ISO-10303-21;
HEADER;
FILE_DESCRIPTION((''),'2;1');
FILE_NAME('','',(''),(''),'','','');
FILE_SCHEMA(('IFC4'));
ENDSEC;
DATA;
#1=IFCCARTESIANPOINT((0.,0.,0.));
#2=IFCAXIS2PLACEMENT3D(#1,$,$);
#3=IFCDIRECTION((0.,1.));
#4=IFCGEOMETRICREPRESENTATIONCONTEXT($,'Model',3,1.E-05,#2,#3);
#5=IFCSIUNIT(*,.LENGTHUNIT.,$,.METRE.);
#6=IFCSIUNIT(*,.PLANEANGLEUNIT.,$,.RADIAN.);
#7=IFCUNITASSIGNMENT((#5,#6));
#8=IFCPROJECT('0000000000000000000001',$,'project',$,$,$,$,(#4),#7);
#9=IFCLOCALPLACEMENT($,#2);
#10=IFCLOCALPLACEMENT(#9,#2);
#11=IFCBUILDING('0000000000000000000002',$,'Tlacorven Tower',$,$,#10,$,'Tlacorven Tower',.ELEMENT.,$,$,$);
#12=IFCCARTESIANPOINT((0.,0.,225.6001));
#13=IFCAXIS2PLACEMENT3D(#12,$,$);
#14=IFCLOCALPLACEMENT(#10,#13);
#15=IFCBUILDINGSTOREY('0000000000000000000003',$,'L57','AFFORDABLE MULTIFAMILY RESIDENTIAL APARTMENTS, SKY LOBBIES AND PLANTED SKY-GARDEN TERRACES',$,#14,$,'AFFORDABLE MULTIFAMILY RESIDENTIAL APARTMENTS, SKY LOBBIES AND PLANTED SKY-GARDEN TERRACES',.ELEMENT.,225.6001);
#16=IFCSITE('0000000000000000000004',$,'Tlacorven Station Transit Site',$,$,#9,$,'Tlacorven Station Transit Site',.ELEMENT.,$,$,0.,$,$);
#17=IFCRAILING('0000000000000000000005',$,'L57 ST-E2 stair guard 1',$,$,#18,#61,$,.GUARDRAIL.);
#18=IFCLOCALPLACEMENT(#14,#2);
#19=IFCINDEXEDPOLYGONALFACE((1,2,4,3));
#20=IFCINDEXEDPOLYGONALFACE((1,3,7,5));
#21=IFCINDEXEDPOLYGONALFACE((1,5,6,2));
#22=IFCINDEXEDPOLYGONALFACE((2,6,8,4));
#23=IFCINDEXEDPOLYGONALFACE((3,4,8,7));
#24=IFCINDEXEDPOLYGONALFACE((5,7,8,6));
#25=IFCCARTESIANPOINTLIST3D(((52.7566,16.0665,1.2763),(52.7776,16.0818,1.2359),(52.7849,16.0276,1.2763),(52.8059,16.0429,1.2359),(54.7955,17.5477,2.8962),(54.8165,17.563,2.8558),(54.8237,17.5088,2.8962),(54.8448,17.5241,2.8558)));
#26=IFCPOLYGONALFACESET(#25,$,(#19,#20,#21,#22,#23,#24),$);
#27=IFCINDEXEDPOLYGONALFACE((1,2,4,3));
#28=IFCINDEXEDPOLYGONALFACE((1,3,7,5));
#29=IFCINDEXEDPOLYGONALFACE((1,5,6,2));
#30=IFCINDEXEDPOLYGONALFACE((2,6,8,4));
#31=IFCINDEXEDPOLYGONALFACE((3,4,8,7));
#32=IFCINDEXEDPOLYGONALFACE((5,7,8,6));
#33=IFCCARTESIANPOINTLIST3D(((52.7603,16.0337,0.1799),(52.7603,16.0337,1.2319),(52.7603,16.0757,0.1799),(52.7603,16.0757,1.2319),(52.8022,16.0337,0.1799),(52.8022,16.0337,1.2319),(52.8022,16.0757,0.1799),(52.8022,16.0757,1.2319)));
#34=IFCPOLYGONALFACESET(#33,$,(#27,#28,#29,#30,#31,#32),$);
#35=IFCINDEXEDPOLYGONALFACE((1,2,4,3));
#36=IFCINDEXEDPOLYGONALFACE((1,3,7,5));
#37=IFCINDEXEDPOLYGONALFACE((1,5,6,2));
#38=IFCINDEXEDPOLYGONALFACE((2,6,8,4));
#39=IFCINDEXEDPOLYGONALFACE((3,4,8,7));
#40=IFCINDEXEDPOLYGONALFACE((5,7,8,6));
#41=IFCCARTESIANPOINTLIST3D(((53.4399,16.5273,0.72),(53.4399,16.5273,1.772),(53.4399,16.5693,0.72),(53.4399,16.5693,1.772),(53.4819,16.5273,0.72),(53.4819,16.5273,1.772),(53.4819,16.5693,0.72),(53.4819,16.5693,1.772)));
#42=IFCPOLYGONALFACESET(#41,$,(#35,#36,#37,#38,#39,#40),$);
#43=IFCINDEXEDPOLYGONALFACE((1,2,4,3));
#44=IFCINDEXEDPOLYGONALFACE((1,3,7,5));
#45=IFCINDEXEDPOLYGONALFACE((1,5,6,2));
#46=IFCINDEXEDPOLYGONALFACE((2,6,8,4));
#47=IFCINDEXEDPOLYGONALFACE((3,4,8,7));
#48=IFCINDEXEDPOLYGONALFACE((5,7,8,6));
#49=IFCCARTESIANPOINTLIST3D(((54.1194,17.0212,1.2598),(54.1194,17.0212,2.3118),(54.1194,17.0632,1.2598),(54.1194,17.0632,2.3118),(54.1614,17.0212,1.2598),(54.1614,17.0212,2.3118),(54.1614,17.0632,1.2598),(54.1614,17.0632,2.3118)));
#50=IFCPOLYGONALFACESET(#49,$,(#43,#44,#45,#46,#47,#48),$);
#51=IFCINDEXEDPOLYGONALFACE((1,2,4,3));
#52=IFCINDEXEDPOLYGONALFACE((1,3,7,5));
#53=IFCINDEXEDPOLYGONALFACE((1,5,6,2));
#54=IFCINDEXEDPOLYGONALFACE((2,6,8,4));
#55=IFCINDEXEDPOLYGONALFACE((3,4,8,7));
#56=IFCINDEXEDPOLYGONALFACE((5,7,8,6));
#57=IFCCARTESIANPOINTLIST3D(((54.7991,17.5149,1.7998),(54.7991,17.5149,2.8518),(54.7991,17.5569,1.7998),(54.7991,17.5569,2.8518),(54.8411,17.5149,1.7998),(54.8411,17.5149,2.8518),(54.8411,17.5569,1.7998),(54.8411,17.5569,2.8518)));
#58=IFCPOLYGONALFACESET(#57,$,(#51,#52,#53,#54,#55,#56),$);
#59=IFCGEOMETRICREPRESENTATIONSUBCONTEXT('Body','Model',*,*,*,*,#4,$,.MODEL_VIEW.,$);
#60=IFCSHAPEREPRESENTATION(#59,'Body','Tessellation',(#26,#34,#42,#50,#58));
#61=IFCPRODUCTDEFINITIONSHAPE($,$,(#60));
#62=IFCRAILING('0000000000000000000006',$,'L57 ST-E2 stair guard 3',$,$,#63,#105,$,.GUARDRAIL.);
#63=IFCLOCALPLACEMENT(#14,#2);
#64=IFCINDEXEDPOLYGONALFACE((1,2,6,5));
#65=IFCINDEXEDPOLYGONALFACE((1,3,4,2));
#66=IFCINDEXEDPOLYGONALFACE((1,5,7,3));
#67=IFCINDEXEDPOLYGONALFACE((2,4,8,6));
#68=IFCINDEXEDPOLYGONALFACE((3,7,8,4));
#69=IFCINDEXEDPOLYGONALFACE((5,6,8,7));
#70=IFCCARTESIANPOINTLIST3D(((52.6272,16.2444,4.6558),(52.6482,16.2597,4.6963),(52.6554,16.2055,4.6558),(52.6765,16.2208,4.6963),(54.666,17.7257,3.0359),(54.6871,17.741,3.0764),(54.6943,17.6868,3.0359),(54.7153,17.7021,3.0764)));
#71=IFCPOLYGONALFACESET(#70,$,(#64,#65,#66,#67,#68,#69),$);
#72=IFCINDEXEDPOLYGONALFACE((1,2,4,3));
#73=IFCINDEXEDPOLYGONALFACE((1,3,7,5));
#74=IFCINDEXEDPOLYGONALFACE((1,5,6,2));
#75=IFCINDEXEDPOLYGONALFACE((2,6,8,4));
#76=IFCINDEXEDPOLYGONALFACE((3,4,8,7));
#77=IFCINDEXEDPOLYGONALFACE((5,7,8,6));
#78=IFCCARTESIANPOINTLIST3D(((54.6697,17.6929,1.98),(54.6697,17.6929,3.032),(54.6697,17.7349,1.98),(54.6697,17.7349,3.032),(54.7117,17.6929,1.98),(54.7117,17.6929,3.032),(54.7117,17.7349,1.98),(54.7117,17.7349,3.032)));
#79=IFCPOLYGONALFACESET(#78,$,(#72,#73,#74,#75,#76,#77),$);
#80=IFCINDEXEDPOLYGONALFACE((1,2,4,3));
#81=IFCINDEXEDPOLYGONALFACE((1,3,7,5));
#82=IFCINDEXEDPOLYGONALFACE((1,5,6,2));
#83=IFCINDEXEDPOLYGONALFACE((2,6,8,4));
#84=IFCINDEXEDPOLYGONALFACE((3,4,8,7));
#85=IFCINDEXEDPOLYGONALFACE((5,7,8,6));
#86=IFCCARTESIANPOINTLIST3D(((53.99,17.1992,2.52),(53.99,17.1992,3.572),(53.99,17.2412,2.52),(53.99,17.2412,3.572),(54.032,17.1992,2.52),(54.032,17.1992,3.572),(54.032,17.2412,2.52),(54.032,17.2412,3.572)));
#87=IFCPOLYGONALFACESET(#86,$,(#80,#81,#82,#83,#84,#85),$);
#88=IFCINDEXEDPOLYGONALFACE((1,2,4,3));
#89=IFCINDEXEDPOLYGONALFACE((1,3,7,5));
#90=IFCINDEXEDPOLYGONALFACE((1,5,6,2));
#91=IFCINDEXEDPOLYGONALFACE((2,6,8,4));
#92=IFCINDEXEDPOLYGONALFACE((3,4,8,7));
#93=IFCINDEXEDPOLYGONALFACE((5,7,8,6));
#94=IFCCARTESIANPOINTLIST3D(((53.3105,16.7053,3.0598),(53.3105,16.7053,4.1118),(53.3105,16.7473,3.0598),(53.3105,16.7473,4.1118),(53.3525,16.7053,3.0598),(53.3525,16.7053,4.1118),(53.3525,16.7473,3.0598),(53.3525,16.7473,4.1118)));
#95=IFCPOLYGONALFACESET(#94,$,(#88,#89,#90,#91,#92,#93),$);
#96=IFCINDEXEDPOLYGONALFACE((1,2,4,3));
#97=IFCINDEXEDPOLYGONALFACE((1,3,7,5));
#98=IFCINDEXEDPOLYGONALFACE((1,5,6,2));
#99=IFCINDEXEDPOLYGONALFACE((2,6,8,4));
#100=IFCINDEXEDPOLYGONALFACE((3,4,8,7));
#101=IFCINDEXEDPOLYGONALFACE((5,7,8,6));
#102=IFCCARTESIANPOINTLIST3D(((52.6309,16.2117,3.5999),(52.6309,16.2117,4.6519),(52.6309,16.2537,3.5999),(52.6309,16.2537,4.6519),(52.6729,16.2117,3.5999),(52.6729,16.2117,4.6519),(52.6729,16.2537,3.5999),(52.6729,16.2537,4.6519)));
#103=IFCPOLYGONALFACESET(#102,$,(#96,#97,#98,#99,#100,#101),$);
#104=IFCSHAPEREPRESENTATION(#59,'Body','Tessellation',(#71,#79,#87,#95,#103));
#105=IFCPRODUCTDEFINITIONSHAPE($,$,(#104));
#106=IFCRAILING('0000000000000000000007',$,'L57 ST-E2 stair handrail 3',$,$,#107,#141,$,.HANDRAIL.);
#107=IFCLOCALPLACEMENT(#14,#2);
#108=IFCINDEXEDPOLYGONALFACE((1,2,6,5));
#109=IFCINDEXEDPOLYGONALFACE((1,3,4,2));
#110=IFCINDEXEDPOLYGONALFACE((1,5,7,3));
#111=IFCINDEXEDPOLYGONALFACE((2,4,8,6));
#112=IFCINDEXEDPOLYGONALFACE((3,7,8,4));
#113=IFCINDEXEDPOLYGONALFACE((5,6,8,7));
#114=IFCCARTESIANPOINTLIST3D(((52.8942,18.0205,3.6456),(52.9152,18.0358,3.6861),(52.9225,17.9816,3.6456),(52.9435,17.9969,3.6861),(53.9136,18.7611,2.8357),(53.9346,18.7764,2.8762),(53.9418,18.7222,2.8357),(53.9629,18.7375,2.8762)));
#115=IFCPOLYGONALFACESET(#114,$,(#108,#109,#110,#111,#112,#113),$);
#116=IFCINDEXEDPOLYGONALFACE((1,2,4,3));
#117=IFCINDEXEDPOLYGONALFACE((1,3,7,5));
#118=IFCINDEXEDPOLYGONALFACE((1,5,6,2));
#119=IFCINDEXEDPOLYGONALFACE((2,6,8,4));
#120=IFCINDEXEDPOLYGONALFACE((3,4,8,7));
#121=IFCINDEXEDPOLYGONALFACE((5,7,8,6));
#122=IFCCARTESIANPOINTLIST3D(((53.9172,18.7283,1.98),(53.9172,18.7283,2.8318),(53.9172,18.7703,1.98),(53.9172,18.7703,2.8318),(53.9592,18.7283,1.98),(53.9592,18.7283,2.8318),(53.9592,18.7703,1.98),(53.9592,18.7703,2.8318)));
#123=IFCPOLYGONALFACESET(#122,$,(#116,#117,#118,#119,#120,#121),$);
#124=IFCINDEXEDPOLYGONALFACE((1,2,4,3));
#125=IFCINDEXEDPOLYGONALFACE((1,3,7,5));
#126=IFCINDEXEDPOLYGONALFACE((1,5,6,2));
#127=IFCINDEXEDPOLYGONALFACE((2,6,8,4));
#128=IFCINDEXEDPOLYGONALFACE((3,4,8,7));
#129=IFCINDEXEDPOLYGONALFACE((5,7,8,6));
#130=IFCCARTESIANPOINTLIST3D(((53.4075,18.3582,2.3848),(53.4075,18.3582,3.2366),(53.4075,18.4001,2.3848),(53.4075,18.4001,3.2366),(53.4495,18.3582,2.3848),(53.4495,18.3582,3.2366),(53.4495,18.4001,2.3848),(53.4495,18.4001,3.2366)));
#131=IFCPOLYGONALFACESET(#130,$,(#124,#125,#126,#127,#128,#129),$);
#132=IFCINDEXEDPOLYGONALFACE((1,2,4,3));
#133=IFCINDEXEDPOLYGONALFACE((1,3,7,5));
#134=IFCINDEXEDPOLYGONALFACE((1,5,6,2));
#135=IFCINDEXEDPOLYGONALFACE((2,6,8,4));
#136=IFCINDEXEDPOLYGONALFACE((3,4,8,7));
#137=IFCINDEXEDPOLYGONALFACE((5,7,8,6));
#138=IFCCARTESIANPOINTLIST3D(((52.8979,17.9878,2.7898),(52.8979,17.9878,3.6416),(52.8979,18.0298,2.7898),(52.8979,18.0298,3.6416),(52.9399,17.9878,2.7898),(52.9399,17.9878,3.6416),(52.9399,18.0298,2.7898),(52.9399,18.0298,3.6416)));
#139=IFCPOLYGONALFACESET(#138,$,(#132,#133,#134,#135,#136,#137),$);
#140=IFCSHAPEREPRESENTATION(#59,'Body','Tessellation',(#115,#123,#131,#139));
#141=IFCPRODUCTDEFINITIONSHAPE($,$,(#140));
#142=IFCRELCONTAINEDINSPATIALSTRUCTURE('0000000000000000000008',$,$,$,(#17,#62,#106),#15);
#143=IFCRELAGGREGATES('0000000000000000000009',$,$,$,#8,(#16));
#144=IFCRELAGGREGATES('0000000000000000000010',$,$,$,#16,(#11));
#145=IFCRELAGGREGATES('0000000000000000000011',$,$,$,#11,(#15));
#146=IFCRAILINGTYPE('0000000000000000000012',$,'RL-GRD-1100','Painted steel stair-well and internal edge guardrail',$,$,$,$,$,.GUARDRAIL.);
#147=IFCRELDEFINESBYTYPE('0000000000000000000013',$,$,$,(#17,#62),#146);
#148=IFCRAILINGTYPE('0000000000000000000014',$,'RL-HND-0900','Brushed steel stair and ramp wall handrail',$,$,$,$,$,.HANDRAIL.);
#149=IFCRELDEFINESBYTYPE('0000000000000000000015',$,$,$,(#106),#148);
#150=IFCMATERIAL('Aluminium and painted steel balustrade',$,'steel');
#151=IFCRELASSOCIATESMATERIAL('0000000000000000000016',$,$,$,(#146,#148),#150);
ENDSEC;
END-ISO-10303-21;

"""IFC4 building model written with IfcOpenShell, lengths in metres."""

from ifc_helpers import new_model, si_unit, direction, frame, origin, origin_2d, place, context, subcontext, project, spatial, rectangle, extrude, source, transform, mapped, material, type_object, element, save


model = new_model("IFC4")

# Units and contexts
model_context = context("Model", 3, precision=1e-05, world=origin(), true_north=direction((0.0, 1.0)))
body_context = subcontext(model_context, "Body", "Model", "MODEL_VIEW")
ifc_project = project(units=[si_unit("LENGTHUNIT", "METRE"), si_unit("PLANEANGLEUNIT", "RADIAN")], contexts=[model_context])

# Site, building, storey
site_placement = place(None, origin())
site = spatial("IfcSite", under=ifc_project, at=site_placement, Name="Tlacorven Station Transit Site", LongName="Tlacorven Station Transit Site", CompositionType="ELEMENT", RefElevation=0.0)
building_placement = place(site_placement, origin())
building = spatial("IfcBuilding", under=site, at=building_placement, Name="Tlacorven Tower", LongName="Tlacorven Tower", CompositionType="ELEMENT")
storey_placement = place(building_placement, frame((0.0, 0.0, 225.6001)))
storey = spatial("IfcBuildingStorey", under=building, at=storey_placement, Name="L57", Description="AFFORDABLE MULTIFAMILY RESIDENTIAL APARTMENTS, SKY LOBBIES AND PLANTED SKY-GARDEN TERRACES", LongName="AFFORDABLE MULTIFAMILY RESIDENTIAL APARTMENTS, SKY LOBBIES AND PLANTED SKY-GARDEN TERRACES", CompositionType="ELEMENT", Elevation=225.6001)

# Railings
ifc_material_1 = material(Name="Aluminium and painted steel balustrade", Category="steel")
railing_type_1 = type_object("IfcRailingType", Name="RL-GRD-1100", Description="Painted steel stair-well and internal edge guardrail", PredefinedType="GUARDRAIL", material=ifc_material_1)
railing_type_2 = type_object("IfcRailingType", Name="RL-HND-0900", Description="Brushed steel stair and ramp wall handrail", PredefinedType="HANDRAIL", material=ifc_material_1)
shared_shape_1 = source(origin(), body_context, "Body", "SweptSolid", [
    extrude(rectangle(XDim=0.0481, YDim=0.0481, at=origin_2d()), frame((0.0, 0.0, 1.0762), z_axis=(0.680562, 0.494428, 0.540717), x_axis=(-0.587763, 0.809033, 0.0)), (0.0, 0.0, 1.0), 2.9958),
    extrude(rectangle(XDim=0.042, YDim=0.042, at=origin_2d()), origin(), (0.0, 0.0, 1.0), 1.052),
    extrude(rectangle(XDim=0.042, YDim=0.042, at=origin_2d()), frame((0.6797, 0.4937, 0.54)), (0.0, 0.0, 1.0), 1.052),
    extrude(rectangle(XDim=0.042, YDim=0.042, at=origin_2d()), frame((1.3591, 0.9875, 1.0798)), (0.0, 0.0, 1.0), 1.052),
    extrude(rectangle(XDim=0.042, YDim=0.042, at=origin_2d()), frame((2.0388, 1.4812, 1.6199)), (0.0, 0.0, 1.0), 1.052),
])
railing_1_placement = place(storey_placement, frame((52.7812, 16.0547, 0.1799)))
element("IfcRailing", 1, at=railing_1_placement, inside=storey, type_object=railing_type_1, Name="L57 ST-E2 stair guard 1", PredefinedType="GUARDRAIL", context=body_context, shape_type="MappedRepresentation", body=[
    mapped(shared_shape_1, transform((0.0, 0.0, 0.0), scale=1.0)),
])
shared_shape_2 = source(origin(), body_context, "Body", "SweptSolid", [
    extrude(rectangle(XDim=0.0481, YDim=0.0481, at=origin_2d()), frame((0.0, 0.0, 1.0762), z_axis=(-0.680562, -0.494428, 0.540717), x_axis=(0.587763, -0.809033, 0.0)), (0.0, 0.0, 1.0), 2.9958),
    extrude(rectangle(XDim=0.042, YDim=0.042, at=origin_2d()), origin(), (0.0, 0.0, 1.0), 1.052),
    extrude(rectangle(XDim=0.042, YDim=0.042, at=origin_2d()), frame((-0.6797, -0.4937, 0.54)), (0.0, 0.0, 1.0), 1.052),
    extrude(rectangle(XDim=0.042, YDim=0.042, at=origin_2d()), frame((-1.3591, -0.9875, 1.0798)), (0.0, 0.0, 1.0), 1.052),
    extrude(rectangle(XDim=0.042, YDim=0.042, at=origin_2d()), frame((-2.0388, -1.4812, 1.6199)), (0.0, 0.0, 1.0), 1.052),
])
railing_2_placement = place(storey_placement, frame((54.6907, 17.7139, 1.98)))
element("IfcRailing", 2, at=railing_2_placement, inside=storey, type_object=railing_type_1, Name="L57 ST-E2 stair guard 3", PredefinedType="GUARDRAIL", context=body_context, shape_type="MappedRepresentation", body=[
    mapped(shared_shape_2, transform((0.0, 0.0, 0.0), scale=1.0)),
])
shared_shape_3 = source(origin(), body_context, "Body", "SweptSolid", [
    extrude(rectangle(XDim=0.0481, YDim=0.0481, at=origin_2d()), frame((0.0, 0.0, 0.876), z_axis=(-0.680576, -0.494416, 0.540712), x_axis=(0.587745, -0.809046, 0.0)), (0.0, 0.0, 1.0), 1.4978),
    extrude(rectangle(XDim=0.042, YDim=0.042, at=origin_2d()), origin(), (0.0, 0.0, 1.0), 0.8518),
    extrude(rectangle(XDim=0.042, YDim=0.042, at=origin_2d()), frame((-0.5098, -0.3701, 0.4048)), (0.0, 0.0, 1.0), 0.8518),
    extrude(rectangle(XDim=0.042, YDim=0.042, at=origin_2d()), frame((-1.0193, -0.7405, 0.8098)), (0.0, 0.0, 1.0), 0.8518),
])
railing_3_placement = place(storey_placement, frame((53.9382, 18.7493, 1.98)))
element("IfcRailing", 3, at=railing_3_placement, inside=storey, type_object=railing_type_2, Name="L57 ST-E2 stair handrail 3", PredefinedType="HANDRAIL", context=body_context, shape_type="MappedRepresentation", body=[
    mapped(shared_shape_3, transform((0.0, 0.0, 0.0), scale=1.0)),
])

save(model, "model.ifc")
